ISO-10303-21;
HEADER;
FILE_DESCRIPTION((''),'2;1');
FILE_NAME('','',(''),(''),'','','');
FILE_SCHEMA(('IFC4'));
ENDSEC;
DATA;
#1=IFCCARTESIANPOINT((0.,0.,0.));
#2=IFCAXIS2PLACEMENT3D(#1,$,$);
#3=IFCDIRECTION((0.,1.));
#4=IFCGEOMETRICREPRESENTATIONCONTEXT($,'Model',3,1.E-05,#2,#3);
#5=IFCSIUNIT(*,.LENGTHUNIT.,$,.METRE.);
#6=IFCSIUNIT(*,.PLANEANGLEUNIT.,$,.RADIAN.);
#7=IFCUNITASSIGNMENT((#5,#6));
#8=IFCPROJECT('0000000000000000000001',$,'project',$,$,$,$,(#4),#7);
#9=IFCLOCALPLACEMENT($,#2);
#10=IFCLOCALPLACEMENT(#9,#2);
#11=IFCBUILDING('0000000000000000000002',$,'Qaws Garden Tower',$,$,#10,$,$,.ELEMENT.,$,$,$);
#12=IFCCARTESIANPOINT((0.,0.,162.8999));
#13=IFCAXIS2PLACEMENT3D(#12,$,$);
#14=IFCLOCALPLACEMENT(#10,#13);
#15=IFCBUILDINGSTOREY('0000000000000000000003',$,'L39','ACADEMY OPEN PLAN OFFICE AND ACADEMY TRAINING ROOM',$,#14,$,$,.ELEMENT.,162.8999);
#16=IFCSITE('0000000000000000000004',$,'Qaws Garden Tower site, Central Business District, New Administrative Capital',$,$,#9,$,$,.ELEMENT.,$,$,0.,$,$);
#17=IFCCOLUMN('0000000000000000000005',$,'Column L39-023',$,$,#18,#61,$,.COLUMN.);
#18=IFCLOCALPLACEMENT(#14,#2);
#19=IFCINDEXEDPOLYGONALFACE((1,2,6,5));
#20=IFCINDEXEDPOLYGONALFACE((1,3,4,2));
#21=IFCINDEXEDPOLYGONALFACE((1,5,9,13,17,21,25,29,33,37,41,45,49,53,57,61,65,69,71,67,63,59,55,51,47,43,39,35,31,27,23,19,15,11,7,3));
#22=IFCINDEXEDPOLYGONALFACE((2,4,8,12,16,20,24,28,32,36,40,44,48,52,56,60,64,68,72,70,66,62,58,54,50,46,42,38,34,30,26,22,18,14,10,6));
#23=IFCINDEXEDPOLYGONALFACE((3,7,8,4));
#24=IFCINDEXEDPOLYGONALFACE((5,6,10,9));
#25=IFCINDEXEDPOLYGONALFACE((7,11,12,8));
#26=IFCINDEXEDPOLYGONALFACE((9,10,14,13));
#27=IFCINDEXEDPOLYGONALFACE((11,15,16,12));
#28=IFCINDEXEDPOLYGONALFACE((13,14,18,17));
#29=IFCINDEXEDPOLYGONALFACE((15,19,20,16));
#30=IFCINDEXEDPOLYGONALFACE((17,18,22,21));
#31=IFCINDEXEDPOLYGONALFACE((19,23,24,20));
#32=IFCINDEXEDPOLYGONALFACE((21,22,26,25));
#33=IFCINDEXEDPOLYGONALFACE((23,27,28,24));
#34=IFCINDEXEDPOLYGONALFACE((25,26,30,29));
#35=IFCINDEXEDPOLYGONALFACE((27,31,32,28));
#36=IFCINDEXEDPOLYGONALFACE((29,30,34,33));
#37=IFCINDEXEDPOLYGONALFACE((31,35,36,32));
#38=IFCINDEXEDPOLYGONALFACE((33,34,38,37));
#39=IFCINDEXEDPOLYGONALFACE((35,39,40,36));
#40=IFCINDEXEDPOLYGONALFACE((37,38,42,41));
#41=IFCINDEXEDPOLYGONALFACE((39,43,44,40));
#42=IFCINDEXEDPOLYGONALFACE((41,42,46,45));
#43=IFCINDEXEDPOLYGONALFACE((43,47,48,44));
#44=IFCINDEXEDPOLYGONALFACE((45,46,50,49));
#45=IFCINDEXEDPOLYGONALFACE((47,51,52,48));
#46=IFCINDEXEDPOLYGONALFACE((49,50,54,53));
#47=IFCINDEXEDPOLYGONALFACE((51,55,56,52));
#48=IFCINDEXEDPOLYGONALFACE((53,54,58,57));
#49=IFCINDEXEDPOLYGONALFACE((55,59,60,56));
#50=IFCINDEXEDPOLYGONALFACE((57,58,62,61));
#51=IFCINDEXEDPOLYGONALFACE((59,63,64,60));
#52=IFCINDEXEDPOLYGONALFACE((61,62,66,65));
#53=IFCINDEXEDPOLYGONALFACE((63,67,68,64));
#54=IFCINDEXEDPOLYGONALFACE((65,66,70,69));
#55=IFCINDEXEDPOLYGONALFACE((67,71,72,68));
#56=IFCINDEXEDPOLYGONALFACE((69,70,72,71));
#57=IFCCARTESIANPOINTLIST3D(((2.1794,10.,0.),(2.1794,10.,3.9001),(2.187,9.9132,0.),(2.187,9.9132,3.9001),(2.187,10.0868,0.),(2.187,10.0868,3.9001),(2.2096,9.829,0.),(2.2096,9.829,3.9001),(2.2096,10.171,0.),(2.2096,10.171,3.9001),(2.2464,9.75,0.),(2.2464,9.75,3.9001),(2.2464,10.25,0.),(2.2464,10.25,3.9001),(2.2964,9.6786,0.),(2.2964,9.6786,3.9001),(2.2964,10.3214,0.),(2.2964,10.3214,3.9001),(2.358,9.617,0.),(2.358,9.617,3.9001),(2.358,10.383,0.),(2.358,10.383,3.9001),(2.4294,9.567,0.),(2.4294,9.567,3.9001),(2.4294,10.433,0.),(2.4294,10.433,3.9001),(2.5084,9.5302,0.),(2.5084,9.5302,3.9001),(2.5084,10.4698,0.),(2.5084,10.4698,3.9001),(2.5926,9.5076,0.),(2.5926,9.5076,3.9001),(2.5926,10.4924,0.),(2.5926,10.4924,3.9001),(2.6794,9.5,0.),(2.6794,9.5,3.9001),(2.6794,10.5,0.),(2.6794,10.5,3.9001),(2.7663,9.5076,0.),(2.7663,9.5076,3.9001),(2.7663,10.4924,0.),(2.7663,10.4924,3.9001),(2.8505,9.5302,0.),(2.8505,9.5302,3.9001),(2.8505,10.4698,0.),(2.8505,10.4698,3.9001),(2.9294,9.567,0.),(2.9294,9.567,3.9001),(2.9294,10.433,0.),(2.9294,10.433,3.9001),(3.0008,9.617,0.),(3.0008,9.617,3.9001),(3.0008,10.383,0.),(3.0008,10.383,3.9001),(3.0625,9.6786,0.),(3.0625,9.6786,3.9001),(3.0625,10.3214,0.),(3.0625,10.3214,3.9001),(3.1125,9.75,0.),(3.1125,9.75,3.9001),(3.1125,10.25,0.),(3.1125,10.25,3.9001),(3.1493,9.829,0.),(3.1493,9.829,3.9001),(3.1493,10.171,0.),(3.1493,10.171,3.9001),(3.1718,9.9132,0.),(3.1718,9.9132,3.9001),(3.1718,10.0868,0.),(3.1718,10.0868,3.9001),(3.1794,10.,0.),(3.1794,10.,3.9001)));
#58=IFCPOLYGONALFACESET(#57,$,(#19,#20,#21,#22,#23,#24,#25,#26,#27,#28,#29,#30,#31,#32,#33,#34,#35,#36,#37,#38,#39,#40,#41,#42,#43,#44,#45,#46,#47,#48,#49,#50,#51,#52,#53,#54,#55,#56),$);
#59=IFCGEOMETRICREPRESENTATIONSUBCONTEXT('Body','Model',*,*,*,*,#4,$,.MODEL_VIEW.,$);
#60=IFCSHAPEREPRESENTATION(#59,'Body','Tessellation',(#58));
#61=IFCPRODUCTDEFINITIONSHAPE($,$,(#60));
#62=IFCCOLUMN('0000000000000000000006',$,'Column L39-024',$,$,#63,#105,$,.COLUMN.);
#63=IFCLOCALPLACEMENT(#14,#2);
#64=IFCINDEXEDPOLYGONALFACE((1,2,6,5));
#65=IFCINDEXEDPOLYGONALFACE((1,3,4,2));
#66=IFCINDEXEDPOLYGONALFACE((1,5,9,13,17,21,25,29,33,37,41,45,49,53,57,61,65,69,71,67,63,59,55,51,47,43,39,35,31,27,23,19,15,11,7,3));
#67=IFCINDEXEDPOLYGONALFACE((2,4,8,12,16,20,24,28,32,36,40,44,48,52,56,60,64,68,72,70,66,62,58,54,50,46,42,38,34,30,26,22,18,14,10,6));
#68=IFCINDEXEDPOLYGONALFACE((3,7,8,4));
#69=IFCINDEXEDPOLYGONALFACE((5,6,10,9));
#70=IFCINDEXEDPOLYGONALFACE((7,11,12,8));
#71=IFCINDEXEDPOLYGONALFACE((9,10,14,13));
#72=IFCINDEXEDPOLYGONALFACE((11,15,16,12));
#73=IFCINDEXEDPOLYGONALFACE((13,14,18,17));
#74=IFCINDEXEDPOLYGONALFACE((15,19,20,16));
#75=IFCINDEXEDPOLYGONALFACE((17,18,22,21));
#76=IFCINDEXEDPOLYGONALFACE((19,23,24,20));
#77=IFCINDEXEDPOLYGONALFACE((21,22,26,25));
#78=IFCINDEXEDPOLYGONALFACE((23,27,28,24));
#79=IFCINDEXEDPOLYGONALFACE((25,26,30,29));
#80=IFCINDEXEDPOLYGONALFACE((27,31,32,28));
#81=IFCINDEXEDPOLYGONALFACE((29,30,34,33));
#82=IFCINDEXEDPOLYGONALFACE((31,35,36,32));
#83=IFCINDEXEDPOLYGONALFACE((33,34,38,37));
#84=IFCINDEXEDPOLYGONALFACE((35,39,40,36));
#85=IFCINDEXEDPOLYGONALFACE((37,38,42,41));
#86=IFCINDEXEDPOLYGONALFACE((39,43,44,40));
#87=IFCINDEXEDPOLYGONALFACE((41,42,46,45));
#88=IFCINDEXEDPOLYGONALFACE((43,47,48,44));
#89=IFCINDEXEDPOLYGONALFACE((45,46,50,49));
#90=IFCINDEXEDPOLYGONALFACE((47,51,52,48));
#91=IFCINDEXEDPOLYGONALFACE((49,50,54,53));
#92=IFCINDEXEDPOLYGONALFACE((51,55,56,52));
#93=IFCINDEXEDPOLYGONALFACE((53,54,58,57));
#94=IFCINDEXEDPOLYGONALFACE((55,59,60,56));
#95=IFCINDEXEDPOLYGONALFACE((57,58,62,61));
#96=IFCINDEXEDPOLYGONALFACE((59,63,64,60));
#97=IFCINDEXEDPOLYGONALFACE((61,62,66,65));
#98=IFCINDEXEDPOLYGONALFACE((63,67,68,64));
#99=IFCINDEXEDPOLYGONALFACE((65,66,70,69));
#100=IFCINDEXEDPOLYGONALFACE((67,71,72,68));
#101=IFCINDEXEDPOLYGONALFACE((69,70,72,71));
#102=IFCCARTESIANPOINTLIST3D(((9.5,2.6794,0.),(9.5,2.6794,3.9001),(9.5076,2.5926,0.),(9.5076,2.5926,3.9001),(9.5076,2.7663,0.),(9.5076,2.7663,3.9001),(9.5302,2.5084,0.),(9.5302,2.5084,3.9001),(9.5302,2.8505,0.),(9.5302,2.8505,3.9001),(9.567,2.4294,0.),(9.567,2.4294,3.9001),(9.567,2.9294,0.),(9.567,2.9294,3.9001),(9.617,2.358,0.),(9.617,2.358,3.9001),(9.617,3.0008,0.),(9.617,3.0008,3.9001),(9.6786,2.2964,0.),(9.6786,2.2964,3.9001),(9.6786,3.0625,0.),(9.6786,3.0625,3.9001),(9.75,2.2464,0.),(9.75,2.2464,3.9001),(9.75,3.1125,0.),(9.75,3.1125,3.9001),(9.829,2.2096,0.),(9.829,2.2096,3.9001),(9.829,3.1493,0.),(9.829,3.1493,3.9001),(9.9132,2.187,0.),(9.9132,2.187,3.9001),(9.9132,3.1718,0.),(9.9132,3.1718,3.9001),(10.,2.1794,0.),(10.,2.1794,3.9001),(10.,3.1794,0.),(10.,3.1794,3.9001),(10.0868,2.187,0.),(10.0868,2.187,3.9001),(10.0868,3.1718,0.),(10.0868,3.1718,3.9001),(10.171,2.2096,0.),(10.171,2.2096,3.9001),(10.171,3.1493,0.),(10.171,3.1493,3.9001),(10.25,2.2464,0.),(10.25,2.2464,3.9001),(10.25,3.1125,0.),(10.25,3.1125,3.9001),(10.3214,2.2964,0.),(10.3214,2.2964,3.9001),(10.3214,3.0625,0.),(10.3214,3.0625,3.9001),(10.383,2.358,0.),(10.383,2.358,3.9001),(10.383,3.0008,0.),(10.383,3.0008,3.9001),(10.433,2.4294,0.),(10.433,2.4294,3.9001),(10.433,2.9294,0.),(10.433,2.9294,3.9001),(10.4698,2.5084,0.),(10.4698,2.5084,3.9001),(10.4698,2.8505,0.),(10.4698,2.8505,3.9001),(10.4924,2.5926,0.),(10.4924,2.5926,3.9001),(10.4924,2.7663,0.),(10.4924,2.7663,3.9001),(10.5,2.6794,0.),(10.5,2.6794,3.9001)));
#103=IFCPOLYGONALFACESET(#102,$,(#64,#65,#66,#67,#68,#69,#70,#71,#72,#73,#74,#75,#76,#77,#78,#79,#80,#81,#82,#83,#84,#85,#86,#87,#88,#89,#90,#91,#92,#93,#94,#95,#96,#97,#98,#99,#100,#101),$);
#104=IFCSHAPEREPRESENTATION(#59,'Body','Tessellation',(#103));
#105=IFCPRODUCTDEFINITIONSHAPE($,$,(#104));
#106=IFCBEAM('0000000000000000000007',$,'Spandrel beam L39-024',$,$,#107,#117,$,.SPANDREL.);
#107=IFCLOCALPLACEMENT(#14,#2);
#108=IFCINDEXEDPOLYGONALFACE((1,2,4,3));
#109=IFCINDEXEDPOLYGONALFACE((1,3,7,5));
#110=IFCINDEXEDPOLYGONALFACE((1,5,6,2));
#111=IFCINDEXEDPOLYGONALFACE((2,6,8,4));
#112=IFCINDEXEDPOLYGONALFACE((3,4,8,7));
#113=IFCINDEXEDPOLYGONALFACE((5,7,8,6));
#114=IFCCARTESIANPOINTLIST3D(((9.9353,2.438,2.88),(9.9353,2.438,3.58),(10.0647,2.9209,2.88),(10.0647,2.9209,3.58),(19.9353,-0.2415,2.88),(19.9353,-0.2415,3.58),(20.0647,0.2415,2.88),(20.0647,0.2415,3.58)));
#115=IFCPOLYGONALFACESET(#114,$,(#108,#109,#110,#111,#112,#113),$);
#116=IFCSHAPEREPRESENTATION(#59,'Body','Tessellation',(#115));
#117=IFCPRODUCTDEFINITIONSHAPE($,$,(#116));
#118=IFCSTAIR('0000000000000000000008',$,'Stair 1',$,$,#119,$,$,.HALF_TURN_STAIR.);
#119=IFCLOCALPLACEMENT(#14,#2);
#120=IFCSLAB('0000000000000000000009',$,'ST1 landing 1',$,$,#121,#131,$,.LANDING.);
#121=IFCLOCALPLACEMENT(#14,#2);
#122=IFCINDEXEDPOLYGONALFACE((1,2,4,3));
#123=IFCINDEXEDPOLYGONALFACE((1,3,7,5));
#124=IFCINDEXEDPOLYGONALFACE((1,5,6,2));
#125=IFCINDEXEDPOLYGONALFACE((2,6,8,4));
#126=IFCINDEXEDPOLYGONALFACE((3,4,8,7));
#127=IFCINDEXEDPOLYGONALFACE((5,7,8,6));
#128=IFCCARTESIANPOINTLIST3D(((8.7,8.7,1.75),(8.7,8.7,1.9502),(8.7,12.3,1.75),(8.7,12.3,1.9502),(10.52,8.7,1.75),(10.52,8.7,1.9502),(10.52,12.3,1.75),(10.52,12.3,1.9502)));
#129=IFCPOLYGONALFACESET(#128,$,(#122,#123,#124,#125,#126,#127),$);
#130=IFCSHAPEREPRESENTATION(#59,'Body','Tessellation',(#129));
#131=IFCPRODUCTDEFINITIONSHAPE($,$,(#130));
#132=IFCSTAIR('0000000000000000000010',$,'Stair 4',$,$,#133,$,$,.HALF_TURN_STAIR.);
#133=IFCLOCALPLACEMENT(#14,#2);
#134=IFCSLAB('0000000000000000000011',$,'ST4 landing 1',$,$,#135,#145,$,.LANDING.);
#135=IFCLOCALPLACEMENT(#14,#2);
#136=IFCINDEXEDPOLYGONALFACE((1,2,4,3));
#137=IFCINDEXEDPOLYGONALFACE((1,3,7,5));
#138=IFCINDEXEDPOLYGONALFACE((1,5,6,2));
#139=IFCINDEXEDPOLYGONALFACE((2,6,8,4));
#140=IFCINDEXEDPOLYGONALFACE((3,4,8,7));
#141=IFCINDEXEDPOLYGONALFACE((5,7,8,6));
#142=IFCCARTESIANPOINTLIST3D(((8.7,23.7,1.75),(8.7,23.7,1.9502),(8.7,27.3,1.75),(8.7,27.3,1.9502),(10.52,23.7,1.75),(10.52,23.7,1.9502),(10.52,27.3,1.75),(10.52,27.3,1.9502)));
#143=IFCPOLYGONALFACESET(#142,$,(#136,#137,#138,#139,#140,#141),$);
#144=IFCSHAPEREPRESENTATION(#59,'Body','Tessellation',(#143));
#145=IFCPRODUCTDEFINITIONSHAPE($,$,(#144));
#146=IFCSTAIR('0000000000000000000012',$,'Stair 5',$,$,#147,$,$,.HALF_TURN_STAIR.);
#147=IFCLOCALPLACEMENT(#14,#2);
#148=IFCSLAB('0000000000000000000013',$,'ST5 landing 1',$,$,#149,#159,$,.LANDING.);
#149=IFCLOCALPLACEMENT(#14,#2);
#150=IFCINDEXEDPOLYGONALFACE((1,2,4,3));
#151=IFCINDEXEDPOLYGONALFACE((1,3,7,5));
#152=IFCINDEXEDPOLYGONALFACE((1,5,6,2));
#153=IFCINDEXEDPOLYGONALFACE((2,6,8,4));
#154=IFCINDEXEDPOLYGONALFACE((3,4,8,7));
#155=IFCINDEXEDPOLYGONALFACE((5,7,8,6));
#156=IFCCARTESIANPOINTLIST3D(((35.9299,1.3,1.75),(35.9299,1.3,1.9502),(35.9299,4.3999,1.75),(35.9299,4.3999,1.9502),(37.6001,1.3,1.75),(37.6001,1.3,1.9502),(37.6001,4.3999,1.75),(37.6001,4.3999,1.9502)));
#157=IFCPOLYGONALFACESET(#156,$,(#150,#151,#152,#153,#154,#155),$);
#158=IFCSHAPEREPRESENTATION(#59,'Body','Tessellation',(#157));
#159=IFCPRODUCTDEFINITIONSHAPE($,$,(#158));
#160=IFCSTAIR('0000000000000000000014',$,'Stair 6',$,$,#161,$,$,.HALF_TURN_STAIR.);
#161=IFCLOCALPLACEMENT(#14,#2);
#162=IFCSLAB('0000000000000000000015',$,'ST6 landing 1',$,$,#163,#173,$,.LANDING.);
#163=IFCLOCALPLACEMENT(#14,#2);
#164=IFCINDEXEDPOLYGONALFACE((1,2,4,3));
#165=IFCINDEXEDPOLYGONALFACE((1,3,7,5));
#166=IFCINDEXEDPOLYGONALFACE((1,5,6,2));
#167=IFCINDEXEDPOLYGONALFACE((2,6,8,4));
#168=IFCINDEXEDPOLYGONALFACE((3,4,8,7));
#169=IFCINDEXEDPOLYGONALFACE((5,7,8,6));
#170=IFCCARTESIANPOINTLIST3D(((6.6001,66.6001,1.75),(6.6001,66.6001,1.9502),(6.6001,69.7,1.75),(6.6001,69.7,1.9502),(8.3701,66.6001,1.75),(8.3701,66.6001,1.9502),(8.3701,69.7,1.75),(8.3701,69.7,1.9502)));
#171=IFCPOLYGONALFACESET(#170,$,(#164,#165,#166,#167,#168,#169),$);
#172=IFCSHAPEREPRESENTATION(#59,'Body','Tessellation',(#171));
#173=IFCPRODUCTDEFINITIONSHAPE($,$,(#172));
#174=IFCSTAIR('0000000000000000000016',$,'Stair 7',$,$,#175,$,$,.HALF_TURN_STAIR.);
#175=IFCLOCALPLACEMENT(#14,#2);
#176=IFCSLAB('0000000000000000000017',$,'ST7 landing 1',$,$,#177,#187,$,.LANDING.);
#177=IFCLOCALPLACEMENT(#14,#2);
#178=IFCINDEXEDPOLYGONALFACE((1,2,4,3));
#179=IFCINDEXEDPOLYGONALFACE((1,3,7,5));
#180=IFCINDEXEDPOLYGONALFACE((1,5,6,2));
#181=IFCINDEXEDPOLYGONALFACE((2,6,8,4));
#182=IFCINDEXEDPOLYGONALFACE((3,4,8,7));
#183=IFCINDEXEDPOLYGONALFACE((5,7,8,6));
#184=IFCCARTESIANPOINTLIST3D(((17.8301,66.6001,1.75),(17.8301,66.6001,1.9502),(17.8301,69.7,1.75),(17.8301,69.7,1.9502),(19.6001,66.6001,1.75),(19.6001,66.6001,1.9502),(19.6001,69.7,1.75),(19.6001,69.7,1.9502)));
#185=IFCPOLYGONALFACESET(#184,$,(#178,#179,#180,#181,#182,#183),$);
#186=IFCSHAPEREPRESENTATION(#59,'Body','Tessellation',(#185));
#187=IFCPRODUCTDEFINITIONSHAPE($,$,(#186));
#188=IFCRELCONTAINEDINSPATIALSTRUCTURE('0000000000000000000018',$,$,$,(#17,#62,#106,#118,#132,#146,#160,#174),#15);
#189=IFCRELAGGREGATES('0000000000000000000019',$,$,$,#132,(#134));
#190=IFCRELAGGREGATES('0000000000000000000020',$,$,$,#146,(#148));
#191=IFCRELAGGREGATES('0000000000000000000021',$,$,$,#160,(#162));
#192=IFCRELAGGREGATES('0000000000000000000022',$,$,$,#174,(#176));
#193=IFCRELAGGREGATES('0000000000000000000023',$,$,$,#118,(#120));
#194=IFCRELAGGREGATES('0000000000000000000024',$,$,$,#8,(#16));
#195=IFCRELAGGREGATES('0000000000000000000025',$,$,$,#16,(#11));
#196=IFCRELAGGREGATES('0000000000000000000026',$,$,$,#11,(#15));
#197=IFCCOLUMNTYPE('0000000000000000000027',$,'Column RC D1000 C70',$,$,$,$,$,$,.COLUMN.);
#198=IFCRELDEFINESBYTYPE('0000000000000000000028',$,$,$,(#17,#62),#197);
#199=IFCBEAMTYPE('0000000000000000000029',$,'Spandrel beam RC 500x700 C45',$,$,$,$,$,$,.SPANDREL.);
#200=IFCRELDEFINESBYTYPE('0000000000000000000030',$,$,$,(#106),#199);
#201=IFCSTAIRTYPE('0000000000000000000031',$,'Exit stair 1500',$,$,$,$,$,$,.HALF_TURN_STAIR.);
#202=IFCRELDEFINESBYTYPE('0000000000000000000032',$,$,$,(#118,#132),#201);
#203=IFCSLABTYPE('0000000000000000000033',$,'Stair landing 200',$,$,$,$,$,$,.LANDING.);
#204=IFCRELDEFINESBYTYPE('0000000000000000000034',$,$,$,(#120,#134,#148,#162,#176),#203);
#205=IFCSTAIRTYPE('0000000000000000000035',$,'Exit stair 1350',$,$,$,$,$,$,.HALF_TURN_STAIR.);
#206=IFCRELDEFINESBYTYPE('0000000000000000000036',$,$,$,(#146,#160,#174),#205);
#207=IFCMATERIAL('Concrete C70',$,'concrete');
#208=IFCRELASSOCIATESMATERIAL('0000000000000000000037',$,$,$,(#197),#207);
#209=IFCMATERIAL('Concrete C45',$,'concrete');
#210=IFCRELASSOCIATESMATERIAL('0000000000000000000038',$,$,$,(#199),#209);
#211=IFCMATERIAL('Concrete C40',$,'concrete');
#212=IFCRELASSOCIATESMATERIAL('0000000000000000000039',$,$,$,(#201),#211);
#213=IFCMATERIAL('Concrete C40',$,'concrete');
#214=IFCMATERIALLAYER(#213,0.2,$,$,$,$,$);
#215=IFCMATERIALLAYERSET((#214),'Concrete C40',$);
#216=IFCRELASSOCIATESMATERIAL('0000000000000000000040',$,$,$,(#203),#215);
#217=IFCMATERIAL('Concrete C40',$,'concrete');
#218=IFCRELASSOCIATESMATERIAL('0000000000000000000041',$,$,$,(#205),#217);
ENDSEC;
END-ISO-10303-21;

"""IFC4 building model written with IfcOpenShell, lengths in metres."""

from ifc_helpers import new_model, si_unit, direction, frame, origin, origin_2d, place, context, subcontext, project, spatial, polyline, rectangle, circle, outline, extrude, material, layer, layer_set, material_profile, profile_set, type_object, element, aggregate, save


model = new_model("IFC4")

# Units and contexts
model_context = context("Model", 3, precision=1e-05, world=origin(), true_north=direction((0.0, 1.0)))
body_context = subcontext(model_context, "Body", "Model", "MODEL_VIEW")
ifc_project = project(units=[si_unit("LENGTHUNIT", "METRE"), si_unit("PLANEANGLEUNIT", "RADIAN")], contexts=[model_context])

# Site, building, storey
site_placement = place(None, origin())
site = spatial("IfcSite", under=ifc_project, at=site_placement, Name="Qaws Garden Tower site, Central Business District, New Administrative Capital", CompositionType="ELEMENT", RefElevation=0.0)
building_placement = place(site_placement, origin())
building = spatial("IfcBuilding", under=site, at=building_placement, Name="Qaws Garden Tower", CompositionType="ELEMENT")
storey_placement = place(building_placement, frame((0.0, 0.0, 162.8999)))
storey = spatial("IfcBuildingStorey", under=building, at=storey_placement, Name="L39", Description="ACADEMY OPEN PLAN OFFICE AND ACADEMY TRAINING ROOM", CompositionType="ELEMENT", Elevation=162.8999)

# Columns
ifc_material_1 = material(Name="Concrete C70", Category="concrete")
ifc_material_profile_1 = material_profile(ifc_material_1, circle(Radius=0.5, at=origin_2d()), Name="RC D1000")
ifc_profile_set_1 = profile_set([ifc_material_profile_1], Name="Concrete C70")
column_type = type_object("IfcColumnType", Name="Column RC D1000 C70", PredefinedType="COLUMN", material=ifc_profile_set_1)
for number, where, z_axis, x_axis, name in (
    (1, (2.6794, 10.0, 0.0), (0.0, 0.0, 1.0), (1.0, 0.0, 0.0), "Column L39-023"),
    (2, (10.0, 2.6794, 0.0), (0.0, 0.0, 1.0), (1.0, 0.0, 0.0), "Column L39-024"),
):
    element("IfcColumn", number, at=place(storey_placement, frame(where, z_axis=z_axis, x_axis=x_axis)), inside=storey, type_object=column_type, Name=name, PredefinedType="COLUMN", context=body_context, shape_type="SweptSolid", body=[
        extrude(circle(Radius=0.5, at=origin_2d()), origin(), (0.0, 0.0, 1.0), 3.9001),
    ])

# Beam
ifc_material_2 = material(Name="Concrete C45", Category="concrete")
ifc_material_profile_2 = material_profile(ifc_material_2, rectangle(XDim=0.5, YDim=0.7, at=origin_2d()), Name="RC 500x700")
ifc_profile_set_2 = profile_set([ifc_material_profile_2], Name="Concrete C45")
beam_type = type_object("IfcBeamType", Name="Spandrel beam RC 500x700 C45", PredefinedType="SPANDREL", material=ifc_profile_set_2)
beam_placement = place(storey_placement, frame((10.0, 2.6794, 3.23), z_axis=(0.965927, -0.258815, 0.0), x_axis=(0.258815, 0.965927, 0.0)))
element("IfcBeam", 3, at=beam_placement, inside=storey, type_object=beam_type, Name="Spandrel beam L39-024", PredefinedType="SPANDREL", context=body_context, shape_type="SweptSolid", body=[
    extrude(rectangle(XDim=0.5, YDim=0.7, at=origin_2d()), origin(), (0.0, 0.0, 1.0), 10.3528),
])

# Stairs, slabs
ifc_material_3 = material(Name="Concrete C40", Category="concrete")
stair_type_1 = type_object("IfcStairType", Name="Exit stair 1500", PredefinedType="HALF_TURN_STAIR", material=ifc_material_3)
placement_1 = place(storey_placement, origin())
stair_1 = element("IfcStair", 4, at=placement_1, inside=storey, type_object=stair_type_1, Name="Stair 1", PredefinedType="HALF_TURN_STAIR")
ifc_material_4 = material(Name="Concrete C40", Category="concrete")
ifc_layer_1 = layer(ifc_material_4, 0.2)
ifc_layer_set_1 = layer_set([ifc_layer_1], Name="Concrete C40")
slab_type = type_object("IfcSlabType", Name="Stair landing 200", PredefinedType="LANDING", material=ifc_layer_set_1)
placement_2 = place(storey_placement, frame((0.0, 0.0, 1.75)))
slab_1 = element("IfcSlab", 5, at=placement_2, type_object=slab_type, Name="ST1 landing 1", PredefinedType="LANDING", context=body_context, shape_type="SweptSolid", body=[
    extrude(outline(polyline([(8.7, 8.7), (10.52, 8.7), (10.52, 12.3), (8.7, 12.3), (8.7, 8.7)])), origin(), (0.0, 0.0, 1.0), 0.2002),
])
stair_2 = element("IfcStair", 6, at=placement_1, inside=storey, type_object=stair_type_1, Name="Stair 4", PredefinedType="HALF_TURN_STAIR")
slab_2 = element("IfcSlab", 7, at=placement_2, type_object=slab_type, Name="ST4 landing 1", PredefinedType="LANDING", context=body_context, shape_type="SweptSolid", body=[
    extrude(outline(polyline([(8.7, 23.7), (10.52, 23.7), (10.52, 27.3), (8.7, 27.3), (8.7, 23.7)])), origin(), (0.0, 0.0, 1.0), 0.2002),
])
aggregate(stair_2, [slab_2])
ifc_material_5 = material(Name="Concrete C40", Category="concrete")
stair_type_2 = type_object("IfcStairType", Name="Exit stair 1350", PredefinedType="HALF_TURN_STAIR", material=ifc_material_5)
stair_3 = element("IfcStair", 8, at=placement_1, inside=storey, type_object=stair_type_2, Name="Stair 5", PredefinedType="HALF_TURN_STAIR")
slab_3 = element("IfcSlab", 9, at=placement_2, type_object=slab_type, Name="ST5 landing 1", PredefinedType="LANDING", context=body_context, shape_type="SweptSolid", body=[
    extrude(outline(polyline([(35.9299, 1.3), (37.6001, 1.3), (37.6001, 4.3999), (35.9299, 4.3999), (35.9299, 1.3)])), origin(), (0.0, 0.0, 1.0), 0.2002),
])
aggregate(stair_3, [slab_3])
stair_4 = element("IfcStair", 10, at=placement_1, inside=storey, type_object=stair_type_2, Name="Stair 6", PredefinedType="HALF_TURN_STAIR")
slab_4 = element("IfcSlab", 11, at=placement_2, type_object=slab_type, Name="ST6 landing 1", PredefinedType="LANDING", context=body_context, shape_type="SweptSolid", body=[
    extrude(outline(polyline([(6.6001, 66.6001), (8.3701, 66.6001), (8.3701, 69.7), (6.6001, 69.7), (6.6001, 66.6001)])), origin(), (0.0, 0.0, 1.0), 0.2002),
])
aggregate(stair_4, [slab_4])
stair_5 = element("IfcStair", 12, at=placement_1, inside=storey, type_object=stair_type_2, Name="Stair 7", PredefinedType="HALF_TURN_STAIR")
slab_5 = element("IfcSlab", 13, at=placement_2, type_object=slab_type, Name="ST7 landing 1", PredefinedType="LANDING", context=body_context, shape_type="SweptSolid", body=[
    extrude(outline(polyline([(17.8301, 66.6001), (19.6001, 66.6001), (19.6001, 69.7), (17.8301, 69.7), (17.8301, 66.6001)])), origin(), (0.0, 0.0, 1.0), 0.2002),
])
aggregate(stair_5, [slab_5])

aggregate(stair_1, [slab_1])

save(model, "model.ifc")
